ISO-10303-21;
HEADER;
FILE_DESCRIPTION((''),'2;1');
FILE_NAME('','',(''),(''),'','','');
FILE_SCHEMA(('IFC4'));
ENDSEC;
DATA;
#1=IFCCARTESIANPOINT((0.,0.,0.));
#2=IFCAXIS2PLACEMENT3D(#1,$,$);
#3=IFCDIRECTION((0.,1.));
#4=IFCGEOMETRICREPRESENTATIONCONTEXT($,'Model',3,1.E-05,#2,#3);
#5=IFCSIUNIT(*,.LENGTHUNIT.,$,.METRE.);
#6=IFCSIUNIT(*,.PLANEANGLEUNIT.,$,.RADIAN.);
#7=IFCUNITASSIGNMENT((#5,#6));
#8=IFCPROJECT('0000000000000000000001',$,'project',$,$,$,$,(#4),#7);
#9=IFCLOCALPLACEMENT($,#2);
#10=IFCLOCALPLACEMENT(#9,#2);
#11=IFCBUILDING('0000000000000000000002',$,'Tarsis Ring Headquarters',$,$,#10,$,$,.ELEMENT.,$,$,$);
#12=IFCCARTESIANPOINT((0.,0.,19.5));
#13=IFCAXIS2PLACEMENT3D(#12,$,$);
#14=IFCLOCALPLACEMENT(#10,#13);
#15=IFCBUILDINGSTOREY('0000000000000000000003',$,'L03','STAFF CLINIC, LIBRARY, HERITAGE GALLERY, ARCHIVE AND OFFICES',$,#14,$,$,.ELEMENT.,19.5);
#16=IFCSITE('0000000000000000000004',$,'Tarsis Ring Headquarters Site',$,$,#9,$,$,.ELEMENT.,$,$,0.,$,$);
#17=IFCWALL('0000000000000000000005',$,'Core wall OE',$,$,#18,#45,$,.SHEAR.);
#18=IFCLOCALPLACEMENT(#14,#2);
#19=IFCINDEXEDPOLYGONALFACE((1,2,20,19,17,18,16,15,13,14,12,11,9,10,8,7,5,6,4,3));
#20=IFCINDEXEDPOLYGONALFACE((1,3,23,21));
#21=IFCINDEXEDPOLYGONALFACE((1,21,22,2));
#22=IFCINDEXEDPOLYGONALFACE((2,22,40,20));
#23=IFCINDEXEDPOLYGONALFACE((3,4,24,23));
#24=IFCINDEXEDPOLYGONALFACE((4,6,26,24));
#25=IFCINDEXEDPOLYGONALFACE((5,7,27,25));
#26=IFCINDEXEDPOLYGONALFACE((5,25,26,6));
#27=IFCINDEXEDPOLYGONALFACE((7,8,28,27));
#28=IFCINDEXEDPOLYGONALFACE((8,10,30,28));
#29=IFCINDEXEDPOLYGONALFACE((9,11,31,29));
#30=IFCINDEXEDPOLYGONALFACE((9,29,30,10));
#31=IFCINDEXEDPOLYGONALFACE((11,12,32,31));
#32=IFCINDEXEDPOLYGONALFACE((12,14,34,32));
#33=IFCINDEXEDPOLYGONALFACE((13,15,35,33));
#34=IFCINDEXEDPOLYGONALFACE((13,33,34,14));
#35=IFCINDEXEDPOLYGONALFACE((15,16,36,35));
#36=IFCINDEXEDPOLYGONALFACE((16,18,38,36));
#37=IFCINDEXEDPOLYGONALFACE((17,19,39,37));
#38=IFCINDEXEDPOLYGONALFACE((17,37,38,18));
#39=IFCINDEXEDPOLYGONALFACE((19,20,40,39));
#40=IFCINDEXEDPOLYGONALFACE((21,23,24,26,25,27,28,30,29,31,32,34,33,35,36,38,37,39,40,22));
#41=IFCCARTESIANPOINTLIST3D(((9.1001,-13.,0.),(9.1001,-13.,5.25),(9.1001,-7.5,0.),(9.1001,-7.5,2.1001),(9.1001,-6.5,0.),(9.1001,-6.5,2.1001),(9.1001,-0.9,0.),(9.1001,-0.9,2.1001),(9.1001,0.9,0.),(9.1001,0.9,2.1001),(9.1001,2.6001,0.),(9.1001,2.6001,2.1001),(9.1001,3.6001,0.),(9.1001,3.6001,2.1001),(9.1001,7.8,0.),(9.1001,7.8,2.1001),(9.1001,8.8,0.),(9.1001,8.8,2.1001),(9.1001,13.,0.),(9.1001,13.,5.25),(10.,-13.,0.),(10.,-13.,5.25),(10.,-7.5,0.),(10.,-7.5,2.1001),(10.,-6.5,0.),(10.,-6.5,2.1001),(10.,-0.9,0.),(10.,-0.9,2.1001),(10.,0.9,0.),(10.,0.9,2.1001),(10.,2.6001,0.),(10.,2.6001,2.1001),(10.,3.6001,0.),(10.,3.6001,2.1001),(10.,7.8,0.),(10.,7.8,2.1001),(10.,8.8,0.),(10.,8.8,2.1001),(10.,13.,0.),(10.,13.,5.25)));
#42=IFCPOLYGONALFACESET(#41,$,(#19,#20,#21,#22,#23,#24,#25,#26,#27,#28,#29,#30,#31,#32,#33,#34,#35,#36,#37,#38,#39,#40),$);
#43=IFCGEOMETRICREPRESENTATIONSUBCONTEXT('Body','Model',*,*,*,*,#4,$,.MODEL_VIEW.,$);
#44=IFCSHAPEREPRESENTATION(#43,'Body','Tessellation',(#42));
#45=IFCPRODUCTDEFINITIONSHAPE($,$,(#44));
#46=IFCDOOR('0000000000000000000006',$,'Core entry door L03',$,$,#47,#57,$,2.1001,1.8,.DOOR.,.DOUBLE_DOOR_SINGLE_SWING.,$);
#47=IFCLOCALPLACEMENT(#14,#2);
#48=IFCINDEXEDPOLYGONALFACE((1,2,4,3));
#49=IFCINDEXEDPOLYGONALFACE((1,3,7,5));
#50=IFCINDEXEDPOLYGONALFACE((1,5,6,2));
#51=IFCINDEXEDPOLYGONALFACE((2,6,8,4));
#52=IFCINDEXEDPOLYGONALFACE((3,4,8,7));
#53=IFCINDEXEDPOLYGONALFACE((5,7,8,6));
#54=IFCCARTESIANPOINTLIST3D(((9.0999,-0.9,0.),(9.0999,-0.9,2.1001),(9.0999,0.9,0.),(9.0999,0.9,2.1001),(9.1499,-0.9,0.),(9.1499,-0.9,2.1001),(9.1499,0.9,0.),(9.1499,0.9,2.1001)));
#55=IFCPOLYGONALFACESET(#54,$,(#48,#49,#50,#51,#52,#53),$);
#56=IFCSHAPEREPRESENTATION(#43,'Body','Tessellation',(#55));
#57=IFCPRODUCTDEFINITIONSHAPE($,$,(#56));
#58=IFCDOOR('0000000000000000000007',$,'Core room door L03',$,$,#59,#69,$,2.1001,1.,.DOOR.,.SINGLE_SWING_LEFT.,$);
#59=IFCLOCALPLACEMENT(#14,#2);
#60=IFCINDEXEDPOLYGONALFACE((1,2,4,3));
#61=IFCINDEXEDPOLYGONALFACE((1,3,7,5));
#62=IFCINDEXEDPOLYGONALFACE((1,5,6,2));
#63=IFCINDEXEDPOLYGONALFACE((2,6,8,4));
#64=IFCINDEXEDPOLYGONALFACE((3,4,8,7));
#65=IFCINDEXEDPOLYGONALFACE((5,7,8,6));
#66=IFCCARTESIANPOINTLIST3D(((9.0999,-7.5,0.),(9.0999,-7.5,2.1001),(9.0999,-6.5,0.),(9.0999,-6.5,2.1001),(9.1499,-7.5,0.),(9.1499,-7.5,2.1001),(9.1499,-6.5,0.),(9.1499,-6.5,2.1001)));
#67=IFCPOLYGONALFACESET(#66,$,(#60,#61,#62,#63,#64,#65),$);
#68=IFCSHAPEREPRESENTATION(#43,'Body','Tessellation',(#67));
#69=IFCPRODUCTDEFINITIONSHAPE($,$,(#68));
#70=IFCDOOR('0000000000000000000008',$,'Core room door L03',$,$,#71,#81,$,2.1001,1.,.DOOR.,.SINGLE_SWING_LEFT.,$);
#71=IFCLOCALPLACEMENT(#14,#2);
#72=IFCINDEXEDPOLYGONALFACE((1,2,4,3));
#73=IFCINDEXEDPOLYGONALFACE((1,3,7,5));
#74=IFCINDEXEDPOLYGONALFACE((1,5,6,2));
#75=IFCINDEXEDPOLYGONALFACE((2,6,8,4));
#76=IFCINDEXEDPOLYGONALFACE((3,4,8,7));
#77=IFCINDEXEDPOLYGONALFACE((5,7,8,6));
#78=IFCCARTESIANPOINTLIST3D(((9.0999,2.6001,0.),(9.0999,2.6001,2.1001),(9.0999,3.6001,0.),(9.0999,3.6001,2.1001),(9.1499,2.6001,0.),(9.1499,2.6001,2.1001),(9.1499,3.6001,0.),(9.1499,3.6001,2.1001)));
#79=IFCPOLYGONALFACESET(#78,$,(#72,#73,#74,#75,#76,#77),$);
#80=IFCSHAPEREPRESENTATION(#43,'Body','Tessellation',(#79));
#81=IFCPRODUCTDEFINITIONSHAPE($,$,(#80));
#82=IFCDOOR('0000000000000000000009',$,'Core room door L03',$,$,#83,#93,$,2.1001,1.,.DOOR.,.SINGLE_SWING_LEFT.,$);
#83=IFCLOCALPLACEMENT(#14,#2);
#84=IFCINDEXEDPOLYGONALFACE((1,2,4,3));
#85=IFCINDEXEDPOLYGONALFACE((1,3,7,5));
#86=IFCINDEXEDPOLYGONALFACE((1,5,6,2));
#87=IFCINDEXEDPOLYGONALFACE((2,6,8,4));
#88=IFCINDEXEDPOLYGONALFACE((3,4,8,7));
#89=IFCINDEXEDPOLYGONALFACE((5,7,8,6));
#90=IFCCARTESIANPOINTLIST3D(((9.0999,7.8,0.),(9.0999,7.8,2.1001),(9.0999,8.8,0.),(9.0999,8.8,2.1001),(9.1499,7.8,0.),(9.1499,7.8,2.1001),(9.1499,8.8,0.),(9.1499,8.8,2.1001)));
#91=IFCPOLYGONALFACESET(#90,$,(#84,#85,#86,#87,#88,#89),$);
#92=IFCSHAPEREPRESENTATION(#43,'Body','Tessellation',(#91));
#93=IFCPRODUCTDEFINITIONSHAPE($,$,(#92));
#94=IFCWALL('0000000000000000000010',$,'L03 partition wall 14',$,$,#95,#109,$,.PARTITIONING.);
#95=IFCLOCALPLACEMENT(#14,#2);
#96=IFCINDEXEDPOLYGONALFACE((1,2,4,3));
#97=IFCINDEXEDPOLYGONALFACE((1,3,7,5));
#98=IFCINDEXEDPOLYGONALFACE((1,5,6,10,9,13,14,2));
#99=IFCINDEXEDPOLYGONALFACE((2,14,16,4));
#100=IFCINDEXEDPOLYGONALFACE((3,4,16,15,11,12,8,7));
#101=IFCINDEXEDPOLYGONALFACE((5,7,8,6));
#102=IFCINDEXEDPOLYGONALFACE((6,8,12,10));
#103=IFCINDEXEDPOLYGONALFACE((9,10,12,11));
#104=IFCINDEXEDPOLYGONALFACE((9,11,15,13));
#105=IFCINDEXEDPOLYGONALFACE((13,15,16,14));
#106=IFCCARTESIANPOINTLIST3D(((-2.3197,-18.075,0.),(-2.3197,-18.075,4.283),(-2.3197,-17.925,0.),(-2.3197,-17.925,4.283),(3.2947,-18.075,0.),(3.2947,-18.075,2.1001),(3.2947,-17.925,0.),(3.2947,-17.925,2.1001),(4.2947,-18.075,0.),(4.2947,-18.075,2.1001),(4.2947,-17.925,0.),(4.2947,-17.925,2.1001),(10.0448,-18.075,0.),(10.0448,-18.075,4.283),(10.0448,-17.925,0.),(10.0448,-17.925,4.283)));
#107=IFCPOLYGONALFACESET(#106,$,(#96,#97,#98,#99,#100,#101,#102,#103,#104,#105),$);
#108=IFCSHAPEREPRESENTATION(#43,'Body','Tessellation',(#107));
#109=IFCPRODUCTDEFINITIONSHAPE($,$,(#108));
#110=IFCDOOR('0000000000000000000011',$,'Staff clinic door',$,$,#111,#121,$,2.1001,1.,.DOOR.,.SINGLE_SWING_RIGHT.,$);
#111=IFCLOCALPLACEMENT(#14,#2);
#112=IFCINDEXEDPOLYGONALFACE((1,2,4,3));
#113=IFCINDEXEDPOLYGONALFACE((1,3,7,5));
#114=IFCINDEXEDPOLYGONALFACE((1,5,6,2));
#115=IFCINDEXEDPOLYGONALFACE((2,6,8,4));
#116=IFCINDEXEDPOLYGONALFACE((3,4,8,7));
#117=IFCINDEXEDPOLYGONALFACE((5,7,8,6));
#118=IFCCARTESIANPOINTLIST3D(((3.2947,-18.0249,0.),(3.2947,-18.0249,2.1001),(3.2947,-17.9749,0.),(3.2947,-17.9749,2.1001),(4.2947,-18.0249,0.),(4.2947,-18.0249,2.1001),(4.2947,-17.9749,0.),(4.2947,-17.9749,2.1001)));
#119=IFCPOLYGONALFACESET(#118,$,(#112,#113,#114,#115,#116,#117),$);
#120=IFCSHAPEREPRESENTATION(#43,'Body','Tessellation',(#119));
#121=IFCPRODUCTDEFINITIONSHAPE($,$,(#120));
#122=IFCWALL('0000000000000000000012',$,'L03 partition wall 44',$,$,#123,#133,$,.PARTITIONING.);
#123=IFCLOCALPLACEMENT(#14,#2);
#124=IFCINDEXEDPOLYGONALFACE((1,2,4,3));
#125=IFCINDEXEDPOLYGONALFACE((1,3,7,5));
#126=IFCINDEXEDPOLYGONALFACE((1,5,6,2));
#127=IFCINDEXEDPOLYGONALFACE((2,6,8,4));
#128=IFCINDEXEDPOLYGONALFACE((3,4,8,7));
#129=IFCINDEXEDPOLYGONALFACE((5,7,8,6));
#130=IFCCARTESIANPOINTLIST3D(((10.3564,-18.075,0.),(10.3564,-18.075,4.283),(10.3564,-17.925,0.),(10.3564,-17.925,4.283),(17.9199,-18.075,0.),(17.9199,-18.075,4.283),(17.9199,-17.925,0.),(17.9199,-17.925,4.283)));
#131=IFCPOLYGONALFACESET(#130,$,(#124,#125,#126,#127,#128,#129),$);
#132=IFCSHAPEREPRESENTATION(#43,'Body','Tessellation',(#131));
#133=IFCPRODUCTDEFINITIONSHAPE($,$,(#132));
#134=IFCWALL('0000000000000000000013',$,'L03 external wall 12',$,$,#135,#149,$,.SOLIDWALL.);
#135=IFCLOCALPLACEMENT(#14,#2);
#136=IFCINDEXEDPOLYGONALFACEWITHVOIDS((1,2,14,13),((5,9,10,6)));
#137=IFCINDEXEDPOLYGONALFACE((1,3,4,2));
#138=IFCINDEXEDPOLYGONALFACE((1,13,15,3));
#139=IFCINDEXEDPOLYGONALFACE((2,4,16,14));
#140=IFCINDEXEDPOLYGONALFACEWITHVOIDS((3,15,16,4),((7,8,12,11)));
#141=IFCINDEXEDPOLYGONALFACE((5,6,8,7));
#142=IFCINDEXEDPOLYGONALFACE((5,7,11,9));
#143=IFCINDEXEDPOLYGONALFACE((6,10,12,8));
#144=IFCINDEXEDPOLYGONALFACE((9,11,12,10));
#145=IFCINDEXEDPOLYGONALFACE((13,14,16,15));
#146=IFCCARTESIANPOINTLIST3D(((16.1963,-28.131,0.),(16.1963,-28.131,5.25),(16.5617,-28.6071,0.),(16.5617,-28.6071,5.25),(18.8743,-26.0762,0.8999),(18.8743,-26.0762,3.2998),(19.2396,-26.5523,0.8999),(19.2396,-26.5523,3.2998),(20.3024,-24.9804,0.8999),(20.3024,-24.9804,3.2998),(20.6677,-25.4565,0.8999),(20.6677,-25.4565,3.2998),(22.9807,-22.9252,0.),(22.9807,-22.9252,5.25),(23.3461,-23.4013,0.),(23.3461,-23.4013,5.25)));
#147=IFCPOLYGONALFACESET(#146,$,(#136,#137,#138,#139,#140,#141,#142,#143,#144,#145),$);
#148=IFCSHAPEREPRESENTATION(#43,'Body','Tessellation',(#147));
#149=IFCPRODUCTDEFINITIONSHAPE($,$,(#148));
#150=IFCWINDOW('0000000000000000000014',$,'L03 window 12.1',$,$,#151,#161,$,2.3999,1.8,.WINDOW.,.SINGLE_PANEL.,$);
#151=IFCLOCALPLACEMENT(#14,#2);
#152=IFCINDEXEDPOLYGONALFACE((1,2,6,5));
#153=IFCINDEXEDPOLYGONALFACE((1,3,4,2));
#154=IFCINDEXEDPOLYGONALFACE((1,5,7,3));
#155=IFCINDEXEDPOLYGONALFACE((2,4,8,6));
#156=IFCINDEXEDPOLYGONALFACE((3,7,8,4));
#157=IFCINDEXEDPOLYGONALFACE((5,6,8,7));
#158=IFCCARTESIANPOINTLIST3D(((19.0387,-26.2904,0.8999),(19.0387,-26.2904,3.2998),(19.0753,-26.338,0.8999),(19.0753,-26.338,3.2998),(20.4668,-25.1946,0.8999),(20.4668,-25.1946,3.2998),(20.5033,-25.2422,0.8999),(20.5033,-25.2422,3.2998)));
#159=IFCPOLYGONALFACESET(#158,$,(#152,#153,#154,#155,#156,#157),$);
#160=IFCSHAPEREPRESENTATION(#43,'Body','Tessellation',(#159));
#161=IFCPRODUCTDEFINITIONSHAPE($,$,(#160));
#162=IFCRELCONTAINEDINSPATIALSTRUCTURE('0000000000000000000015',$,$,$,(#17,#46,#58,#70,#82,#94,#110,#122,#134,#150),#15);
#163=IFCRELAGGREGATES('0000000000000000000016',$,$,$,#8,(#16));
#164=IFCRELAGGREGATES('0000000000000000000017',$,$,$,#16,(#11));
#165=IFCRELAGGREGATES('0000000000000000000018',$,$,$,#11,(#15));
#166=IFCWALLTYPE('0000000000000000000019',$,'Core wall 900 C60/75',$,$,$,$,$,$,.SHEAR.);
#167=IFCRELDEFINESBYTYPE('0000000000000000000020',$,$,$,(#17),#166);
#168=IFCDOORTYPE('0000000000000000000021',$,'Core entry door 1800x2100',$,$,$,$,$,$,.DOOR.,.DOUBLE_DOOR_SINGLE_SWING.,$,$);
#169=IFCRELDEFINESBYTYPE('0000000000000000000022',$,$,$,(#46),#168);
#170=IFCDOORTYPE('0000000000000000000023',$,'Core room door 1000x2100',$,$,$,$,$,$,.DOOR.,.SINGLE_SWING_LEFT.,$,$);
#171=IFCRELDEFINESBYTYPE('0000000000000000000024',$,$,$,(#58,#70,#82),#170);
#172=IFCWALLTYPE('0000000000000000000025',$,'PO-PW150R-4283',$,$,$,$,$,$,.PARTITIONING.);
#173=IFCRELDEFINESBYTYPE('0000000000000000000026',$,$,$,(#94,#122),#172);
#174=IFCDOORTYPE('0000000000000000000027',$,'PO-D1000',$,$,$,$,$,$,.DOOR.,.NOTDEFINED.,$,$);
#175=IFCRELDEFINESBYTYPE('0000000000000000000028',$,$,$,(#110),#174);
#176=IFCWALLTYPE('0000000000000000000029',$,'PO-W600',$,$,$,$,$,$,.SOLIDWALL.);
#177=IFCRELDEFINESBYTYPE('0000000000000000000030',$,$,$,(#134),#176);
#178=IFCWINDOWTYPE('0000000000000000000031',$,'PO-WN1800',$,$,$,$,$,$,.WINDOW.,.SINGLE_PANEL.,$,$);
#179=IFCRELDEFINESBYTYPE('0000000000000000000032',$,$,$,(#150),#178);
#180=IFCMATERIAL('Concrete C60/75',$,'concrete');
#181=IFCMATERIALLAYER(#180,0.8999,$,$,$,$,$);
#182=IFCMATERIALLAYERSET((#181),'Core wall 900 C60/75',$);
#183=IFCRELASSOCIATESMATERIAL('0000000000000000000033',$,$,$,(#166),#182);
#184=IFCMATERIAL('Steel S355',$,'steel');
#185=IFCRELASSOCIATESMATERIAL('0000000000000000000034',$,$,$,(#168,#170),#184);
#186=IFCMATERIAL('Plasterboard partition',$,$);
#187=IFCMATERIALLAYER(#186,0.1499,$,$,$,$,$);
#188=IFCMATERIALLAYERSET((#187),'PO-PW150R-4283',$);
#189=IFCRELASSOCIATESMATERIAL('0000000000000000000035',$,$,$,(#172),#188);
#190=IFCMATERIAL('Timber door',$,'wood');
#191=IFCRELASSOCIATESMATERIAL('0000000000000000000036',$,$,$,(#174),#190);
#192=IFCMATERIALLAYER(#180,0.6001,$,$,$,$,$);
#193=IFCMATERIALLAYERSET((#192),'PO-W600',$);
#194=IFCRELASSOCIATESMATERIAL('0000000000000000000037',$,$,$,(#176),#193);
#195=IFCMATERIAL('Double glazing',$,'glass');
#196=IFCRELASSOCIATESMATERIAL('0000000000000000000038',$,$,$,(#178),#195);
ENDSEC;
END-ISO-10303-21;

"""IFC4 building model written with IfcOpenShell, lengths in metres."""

from ifc_helpers import new_model, si_unit, direction, frame, frame_2d, origin, place, context, subcontext, project, spatial, rectangle, extrude, material, layer, layer_set, type_object, element, fill, save


model = new_model("IFC4")

# Units and contexts
model_context = context("Model", 3, precision=1e-05, world=origin(), true_north=direction((0.0, 1.0)))
body_context = subcontext(model_context, "Body", "Model", "MODEL_VIEW")
ifc_project = project(units=[si_unit("LENGTHUNIT", "METRE"), si_unit("PLANEANGLEUNIT", "RADIAN")], contexts=[model_context])

# Site, building, storey
site_placement = place(None, origin())
site = spatial("IfcSite", under=ifc_project, at=site_placement, Name="Tarsis Ring Headquarters Site", CompositionType="ELEMENT", RefElevation=0.0)
building_placement = place(site_placement, origin())
building = spatial("IfcBuilding", under=site, at=building_placement, Name="Tarsis Ring Headquarters", CompositionType="ELEMENT")
storey_placement = place(building_placement, frame((0.0, 0.0, 19.5)))
storey = spatial("IfcBuildingStorey", under=building, at=storey_placement, Name="L03", Description="STAFF CLINIC, LIBRARY, HERITAGE GALLERY, ARCHIVE AND OFFICES", CompositionType="ELEMENT", Elevation=19.5)

# Shared definitions
ifc_material_1 = material(Name="Concrete C60/75", Category="concrete")

# Wall, openings, doors
ifc_layer_1 = layer(ifc_material_1, 0.8999)
ifc_layer_set_1 = layer_set([ifc_layer_1], Name="Core wall 900 C60/75")
wall_type_1 = type_object("IfcWallType", Name="Core wall 900 C60/75", PredefinedType="SHEAR", material=ifc_layer_set_1)
wall_1_placement = place(storey_placement, frame((9.55, -13.0, 0.0), z_axis=(0.0, 0.0, 1.0), x_axis=(0.0, 1.0, 0.0)))
wall_1 = element("IfcWall", 1, at=wall_1_placement, inside=storey, type_object=wall_type_1, Name="Core wall OE", PredefinedType="SHEAR", context=body_context, shape_type="SweptSolid", body=[
    extrude(rectangle(XDim=26.0, YDim=0.8999, at=frame_2d((13.0, 0.0))), origin(), (0.0, 0.0, 1.0), 5.25),
])
opening_1_placement = place(wall_1_placement, frame((5.5, 0.0, 0.0)))
opening_1 = element("IfcOpeningElement", 2, at=opening_1_placement, cuts=wall_1, PredefinedType="OPENING", context=body_context, shape_type="SweptSolid", body=[
    extrude(rectangle(XDim=1.0, YDim=2.1001, at=frame_2d((0.5, 1.05))), frame((0.0, 0.46, 0.0), z_axis=(0.0, -1.0, 0.0), x_axis=(1.0, 0.0, 0.0)), (0.0, 0.0, 1.0), 0.9199),
])
opening_2_placement = place(wall_1_placement, frame((12.1001, 0.0, 0.0)))
opening_2 = element("IfcOpeningElement", 3, at=opening_2_placement, cuts=wall_1, PredefinedType="OPENING", context=body_context, shape_type="SweptSolid", body=[
    extrude(rectangle(XDim=1.8, YDim=2.1001, at=frame_2d((0.8999, 1.05))), frame((0.0, 0.46, 0.0), z_axis=(0.0, -1.0, 0.0), x_axis=(1.0, 0.0, 0.0)), (0.0, 0.0, 1.0), 0.9199),
])
opening_3_placement = place(wall_1_placement, frame((15.6001, 0.0, 0.0)))
opening_3 = element("IfcOpeningElement", 4, at=opening_3_placement, cuts=wall_1, PredefinedType="OPENING", context=body_context, shape_type="SweptSolid", body=[
    extrude(rectangle(XDim=1.0, YDim=2.1001, at=frame_2d((0.5, 1.05))), frame((0.0, 0.46, 0.0), z_axis=(0.0, -1.0, 0.0), x_axis=(1.0, 0.0, 0.0)), (0.0, 0.0, 1.0), 0.9199),
])
opening_4_placement = place(wall_1_placement, frame((20.8, 0.0, 0.0)))
opening_4 = element("IfcOpeningElement", 5, at=opening_4_placement, cuts=wall_1, PredefinedType="OPENING", context=body_context, shape_type="SweptSolid", body=[
    extrude(rectangle(XDim=1.0, YDim=2.1001, at=frame_2d((0.5, 1.05))), frame((0.0, 0.46, 0.0), z_axis=(0.0, -1.0, 0.0), x_axis=(1.0, 0.0, 0.0)), (0.0, 0.0, 1.0), 0.9199),
])
ifc_material_2 = material(Name="Steel S355", Category="steel")
door_type_1 = type_object("IfcDoorType", Name="Core entry door 1800x2100", OperationType="DOUBLE_DOOR_SINGLE_SWING", PredefinedType="DOOR", material=ifc_material_2)
door_1_placement = place(opening_2_placement, origin())
door_1 = element("IfcDoor", 6, at=door_1_placement, inside=storey, type_object=door_type_1, Name="Core entry door L03", OperationType="DOUBLE_DOOR_SINGLE_SWING", OverallHeight=2.1001, OverallWidth=1.8, PredefinedType="DOOR", context=body_context, shape_type="SweptSolid", body=[
    extrude(rectangle(XDim=1.8, YDim=2.1001, at=frame_2d((0.8999, 1.05))), frame((0.0, 0.4502, 0.0), z_axis=(0.0, -1.0, 0.0), x_axis=(1.0, 0.0, 0.0)), (0.0, 0.0, 1.0), 0.05),
])
fill(opening_2, door_1)
door_type_2 = type_object("IfcDoorType", Name="Core room door 1000x2100", OperationType="SINGLE_SWING_LEFT", PredefinedType="DOOR", material=ifc_material_2)
door_2_placement = place(opening_1_placement, origin())
door_2 = element("IfcDoor", 7, at=door_2_placement, inside=storey, type_object=door_type_2, Name="Core room door L03", OperationType="SINGLE_SWING_LEFT", OverallHeight=2.1001, OverallWidth=1.0, PredefinedType="DOOR", context=body_context, shape_type="SweptSolid", body=[
    extrude(rectangle(XDim=1.0, YDim=2.1001, at=frame_2d((0.5, 1.05))), frame((0.0, 0.4502, 0.0), z_axis=(0.0, -1.0, 0.0), x_axis=(1.0, 0.0, 0.0)), (0.0, 0.0, 1.0), 0.05),
])
fill(opening_1, door_2)
door_3_placement = place(opening_3_placement, origin())
door_3 = element("IfcDoor", 8, at=door_3_placement, inside=storey, type_object=door_type_2, Name="Core room door L03", OperationType="SINGLE_SWING_LEFT", OverallHeight=2.1001, OverallWidth=1.0, PredefinedType="DOOR", context=body_context, shape_type="SweptSolid", body=[
    extrude(rectangle(XDim=1.0, YDim=2.1001, at=frame_2d((0.5, 1.05))), frame((0.0, 0.4502, 0.0), z_axis=(0.0, -1.0, 0.0), x_axis=(1.0, 0.0, 0.0)), (0.0, 0.0, 1.0), 0.05),
])
fill(opening_3, door_3)
door_4_placement = place(opening_4_placement, origin())
door_4 = element("IfcDoor", 9, at=door_4_placement, inside=storey, type_object=door_type_2, Name="Core room door L03", OperationType="SINGLE_SWING_LEFT", OverallHeight=2.1001, OverallWidth=1.0, PredefinedType="DOOR", context=body_context, shape_type="SweptSolid", body=[
    extrude(rectangle(XDim=1.0, YDim=2.1001, at=frame_2d((0.5, 1.05))), frame((0.0, 0.4502, 0.0), z_axis=(0.0, -1.0, 0.0), x_axis=(1.0, 0.0, 0.0)), (0.0, 0.0, 1.0), 0.05),
])
fill(opening_4, door_4)

# Wall, opening, door
ifc_material_3 = material(Name="Plasterboard partition")
ifc_layer_2 = layer(ifc_material_3, 0.1499)
ifc_layer_set_2 = layer_set([ifc_layer_2], Name="PO-PW150R-4283")
wall_type_2 = type_object("IfcWallType", Name="PO-PW150R-4283", PredefinedType="PARTITIONING", material=ifc_layer_set_2)
wall_2_placement = place(storey_placement, frame((10.0447, -18.0, 0.0), z_axis=(0.0, 0.0, 1.0), x_axis=(-1.0, 0.0, 0.0)))
wall_2 = element("IfcWall", 10, at=wall_2_placement, inside=storey, type_object=wall_type_2, Name="L03 partition wall 14", PredefinedType="PARTITIONING", context=body_context, shape_type="SweptSolid", body=[
    extrude(rectangle(XDim=12.3645, YDim=0.1499, at=frame_2d((6.1821, 0.0))), origin(), (0.0, 0.0, 1.0), 4.283),
])
opening_5_placement = place(wall_2_placement, frame((5.75, 0.0, 0.0)))
opening_5 = element("IfcOpeningElement", 11, at=opening_5_placement, cuts=wall_2, PredefinedType="OPENING", context=body_context, shape_type="SweptSolid", body=[
    extrude(rectangle(XDim=1.0, YDim=2.1001, at=frame_2d((0.5, 1.05))), frame((0.0, 0.085, 0.0), z_axis=(0.0, -1.0, 0.0), x_axis=(1.0, 0.0, 0.0)), (0.0, 0.0, 1.0), 0.1699),
])
ifc_material_4 = material(Name="Timber door", Category="wood")
door_type_3 = type_object("IfcDoorType", Name="PO-D1000", OperationType="NOTDEFINED", PredefinedType="DOOR", material=ifc_material_4)
door_5_placement = place(opening_5_placement, origin())
door_5 = element("IfcDoor", 12, at=door_5_placement, inside=storey, type_object=door_type_3, Name="Staff clinic door", OperationType="SINGLE_SWING_RIGHT", OverallHeight=2.1001, OverallWidth=1.0, PredefinedType="DOOR", context=body_context, shape_type="SweptSolid", body=[
    extrude(rectangle(XDim=1.0, YDim=2.1001, at=frame_2d((0.5, 1.05))), frame((0.0, 0.0249, 0.0), z_axis=(0.0, -1.0, 0.0), x_axis=(1.0, 0.0, 0.0)), (0.0, 0.0, 1.0), 0.05),
])
fill(opening_5, door_5)

# Wall
wall_3_placement = place(storey_placement, frame((17.9199, -18.0, 0.0), z_axis=(0.0, 0.0, 1.0), x_axis=(-1.0, 0.0, 0.0)))
element("IfcWall", 13, at=wall_3_placement, inside=storey, type_object=wall_type_2, Name="L03 partition wall 44", PredefinedType="PARTITIONING", context=body_context, shape_type="SweptSolid", body=[
    extrude(rectangle(XDim=7.5635, YDim=0.1499, at=frame_2d((3.7817, 0.0))), origin(), (0.0, 0.0, 1.0), 4.283),
])

# Wall, opening, window
ifc_layer_3 = layer(ifc_material_1, 0.6001)
ifc_layer_set_3 = layer_set([ifc_layer_3], Name="PO-W600")
wall_type_3 = type_object("IfcWallType", Name="PO-W600", PredefinedType="SOLIDWALL", material=ifc_layer_set_3)
wall_4_placement = place(storey_placement, frame((16.3789, -28.3691, 0.0), z_axis=(0.0, 0.0, 1.0), x_axis=(0.793357, 0.608757, 0.0)))
wall_4 = element("IfcWall", 14, at=wall_4_placement, inside=storey, type_object=wall_type_3, Name="L03 external wall 12", PredefinedType="SOLIDWALL", context=body_context, shape_type="SweptSolid", body=[
    extrude(rectangle(XDim=8.5515, YDim=0.6001, at=frame_2d((4.2759, 0.0))), origin(), (0.0, 0.0, 1.0), 5.25),
])
opening_6_placement = place(wall_4_placement, frame((3.3757, 0.0, 0.8999)))
opening_6 = element("IfcOpeningElement", 15, at=opening_6_placement, cuts=wall_4, PredefinedType="OPENING", context=body_context, shape_type="SweptSolid", body=[
    extrude(rectangle(XDim=1.8, YDim=2.3999, at=frame_2d((0.8999, 1.2))), frame((0.0, 0.3101, 0.0), z_axis=(0.0, -1.0, 0.0), x_axis=(1.0, 0.0, 0.0)), (0.0, 0.0, 1.0), 0.6201),
])
ifc_material_5 = material(Name="Double glazing", Category="glass")
window_type = type_object("IfcWindowType", Name="PO-WN1800", PartitioningType="SINGLE_PANEL", PredefinedType="WINDOW", material=ifc_material_5)
window_1_placement = place(opening_6_placement, origin())
window_1 = element("IfcWindow", 16, at=window_1_placement, inside=storey, type_object=window_type, Name="L03 window 12.1", OverallHeight=2.3999, OverallWidth=1.8, PartitioningType="SINGLE_PANEL", PredefinedType="WINDOW", context=body_context, shape_type="SweptSolid", body=[
    extrude(rectangle(XDim=1.8, YDim=2.3999, at=frame_2d((0.8999, 1.2))), frame((0.0, 0.03, 0.0), z_axis=(0.0, -1.0, 0.0), x_axis=(1.0, 0.0, 0.0)), (0.0, 0.0, 1.0), 0.0601),
])
fill(opening_6, window_1)

save(model, "model.ifc")
